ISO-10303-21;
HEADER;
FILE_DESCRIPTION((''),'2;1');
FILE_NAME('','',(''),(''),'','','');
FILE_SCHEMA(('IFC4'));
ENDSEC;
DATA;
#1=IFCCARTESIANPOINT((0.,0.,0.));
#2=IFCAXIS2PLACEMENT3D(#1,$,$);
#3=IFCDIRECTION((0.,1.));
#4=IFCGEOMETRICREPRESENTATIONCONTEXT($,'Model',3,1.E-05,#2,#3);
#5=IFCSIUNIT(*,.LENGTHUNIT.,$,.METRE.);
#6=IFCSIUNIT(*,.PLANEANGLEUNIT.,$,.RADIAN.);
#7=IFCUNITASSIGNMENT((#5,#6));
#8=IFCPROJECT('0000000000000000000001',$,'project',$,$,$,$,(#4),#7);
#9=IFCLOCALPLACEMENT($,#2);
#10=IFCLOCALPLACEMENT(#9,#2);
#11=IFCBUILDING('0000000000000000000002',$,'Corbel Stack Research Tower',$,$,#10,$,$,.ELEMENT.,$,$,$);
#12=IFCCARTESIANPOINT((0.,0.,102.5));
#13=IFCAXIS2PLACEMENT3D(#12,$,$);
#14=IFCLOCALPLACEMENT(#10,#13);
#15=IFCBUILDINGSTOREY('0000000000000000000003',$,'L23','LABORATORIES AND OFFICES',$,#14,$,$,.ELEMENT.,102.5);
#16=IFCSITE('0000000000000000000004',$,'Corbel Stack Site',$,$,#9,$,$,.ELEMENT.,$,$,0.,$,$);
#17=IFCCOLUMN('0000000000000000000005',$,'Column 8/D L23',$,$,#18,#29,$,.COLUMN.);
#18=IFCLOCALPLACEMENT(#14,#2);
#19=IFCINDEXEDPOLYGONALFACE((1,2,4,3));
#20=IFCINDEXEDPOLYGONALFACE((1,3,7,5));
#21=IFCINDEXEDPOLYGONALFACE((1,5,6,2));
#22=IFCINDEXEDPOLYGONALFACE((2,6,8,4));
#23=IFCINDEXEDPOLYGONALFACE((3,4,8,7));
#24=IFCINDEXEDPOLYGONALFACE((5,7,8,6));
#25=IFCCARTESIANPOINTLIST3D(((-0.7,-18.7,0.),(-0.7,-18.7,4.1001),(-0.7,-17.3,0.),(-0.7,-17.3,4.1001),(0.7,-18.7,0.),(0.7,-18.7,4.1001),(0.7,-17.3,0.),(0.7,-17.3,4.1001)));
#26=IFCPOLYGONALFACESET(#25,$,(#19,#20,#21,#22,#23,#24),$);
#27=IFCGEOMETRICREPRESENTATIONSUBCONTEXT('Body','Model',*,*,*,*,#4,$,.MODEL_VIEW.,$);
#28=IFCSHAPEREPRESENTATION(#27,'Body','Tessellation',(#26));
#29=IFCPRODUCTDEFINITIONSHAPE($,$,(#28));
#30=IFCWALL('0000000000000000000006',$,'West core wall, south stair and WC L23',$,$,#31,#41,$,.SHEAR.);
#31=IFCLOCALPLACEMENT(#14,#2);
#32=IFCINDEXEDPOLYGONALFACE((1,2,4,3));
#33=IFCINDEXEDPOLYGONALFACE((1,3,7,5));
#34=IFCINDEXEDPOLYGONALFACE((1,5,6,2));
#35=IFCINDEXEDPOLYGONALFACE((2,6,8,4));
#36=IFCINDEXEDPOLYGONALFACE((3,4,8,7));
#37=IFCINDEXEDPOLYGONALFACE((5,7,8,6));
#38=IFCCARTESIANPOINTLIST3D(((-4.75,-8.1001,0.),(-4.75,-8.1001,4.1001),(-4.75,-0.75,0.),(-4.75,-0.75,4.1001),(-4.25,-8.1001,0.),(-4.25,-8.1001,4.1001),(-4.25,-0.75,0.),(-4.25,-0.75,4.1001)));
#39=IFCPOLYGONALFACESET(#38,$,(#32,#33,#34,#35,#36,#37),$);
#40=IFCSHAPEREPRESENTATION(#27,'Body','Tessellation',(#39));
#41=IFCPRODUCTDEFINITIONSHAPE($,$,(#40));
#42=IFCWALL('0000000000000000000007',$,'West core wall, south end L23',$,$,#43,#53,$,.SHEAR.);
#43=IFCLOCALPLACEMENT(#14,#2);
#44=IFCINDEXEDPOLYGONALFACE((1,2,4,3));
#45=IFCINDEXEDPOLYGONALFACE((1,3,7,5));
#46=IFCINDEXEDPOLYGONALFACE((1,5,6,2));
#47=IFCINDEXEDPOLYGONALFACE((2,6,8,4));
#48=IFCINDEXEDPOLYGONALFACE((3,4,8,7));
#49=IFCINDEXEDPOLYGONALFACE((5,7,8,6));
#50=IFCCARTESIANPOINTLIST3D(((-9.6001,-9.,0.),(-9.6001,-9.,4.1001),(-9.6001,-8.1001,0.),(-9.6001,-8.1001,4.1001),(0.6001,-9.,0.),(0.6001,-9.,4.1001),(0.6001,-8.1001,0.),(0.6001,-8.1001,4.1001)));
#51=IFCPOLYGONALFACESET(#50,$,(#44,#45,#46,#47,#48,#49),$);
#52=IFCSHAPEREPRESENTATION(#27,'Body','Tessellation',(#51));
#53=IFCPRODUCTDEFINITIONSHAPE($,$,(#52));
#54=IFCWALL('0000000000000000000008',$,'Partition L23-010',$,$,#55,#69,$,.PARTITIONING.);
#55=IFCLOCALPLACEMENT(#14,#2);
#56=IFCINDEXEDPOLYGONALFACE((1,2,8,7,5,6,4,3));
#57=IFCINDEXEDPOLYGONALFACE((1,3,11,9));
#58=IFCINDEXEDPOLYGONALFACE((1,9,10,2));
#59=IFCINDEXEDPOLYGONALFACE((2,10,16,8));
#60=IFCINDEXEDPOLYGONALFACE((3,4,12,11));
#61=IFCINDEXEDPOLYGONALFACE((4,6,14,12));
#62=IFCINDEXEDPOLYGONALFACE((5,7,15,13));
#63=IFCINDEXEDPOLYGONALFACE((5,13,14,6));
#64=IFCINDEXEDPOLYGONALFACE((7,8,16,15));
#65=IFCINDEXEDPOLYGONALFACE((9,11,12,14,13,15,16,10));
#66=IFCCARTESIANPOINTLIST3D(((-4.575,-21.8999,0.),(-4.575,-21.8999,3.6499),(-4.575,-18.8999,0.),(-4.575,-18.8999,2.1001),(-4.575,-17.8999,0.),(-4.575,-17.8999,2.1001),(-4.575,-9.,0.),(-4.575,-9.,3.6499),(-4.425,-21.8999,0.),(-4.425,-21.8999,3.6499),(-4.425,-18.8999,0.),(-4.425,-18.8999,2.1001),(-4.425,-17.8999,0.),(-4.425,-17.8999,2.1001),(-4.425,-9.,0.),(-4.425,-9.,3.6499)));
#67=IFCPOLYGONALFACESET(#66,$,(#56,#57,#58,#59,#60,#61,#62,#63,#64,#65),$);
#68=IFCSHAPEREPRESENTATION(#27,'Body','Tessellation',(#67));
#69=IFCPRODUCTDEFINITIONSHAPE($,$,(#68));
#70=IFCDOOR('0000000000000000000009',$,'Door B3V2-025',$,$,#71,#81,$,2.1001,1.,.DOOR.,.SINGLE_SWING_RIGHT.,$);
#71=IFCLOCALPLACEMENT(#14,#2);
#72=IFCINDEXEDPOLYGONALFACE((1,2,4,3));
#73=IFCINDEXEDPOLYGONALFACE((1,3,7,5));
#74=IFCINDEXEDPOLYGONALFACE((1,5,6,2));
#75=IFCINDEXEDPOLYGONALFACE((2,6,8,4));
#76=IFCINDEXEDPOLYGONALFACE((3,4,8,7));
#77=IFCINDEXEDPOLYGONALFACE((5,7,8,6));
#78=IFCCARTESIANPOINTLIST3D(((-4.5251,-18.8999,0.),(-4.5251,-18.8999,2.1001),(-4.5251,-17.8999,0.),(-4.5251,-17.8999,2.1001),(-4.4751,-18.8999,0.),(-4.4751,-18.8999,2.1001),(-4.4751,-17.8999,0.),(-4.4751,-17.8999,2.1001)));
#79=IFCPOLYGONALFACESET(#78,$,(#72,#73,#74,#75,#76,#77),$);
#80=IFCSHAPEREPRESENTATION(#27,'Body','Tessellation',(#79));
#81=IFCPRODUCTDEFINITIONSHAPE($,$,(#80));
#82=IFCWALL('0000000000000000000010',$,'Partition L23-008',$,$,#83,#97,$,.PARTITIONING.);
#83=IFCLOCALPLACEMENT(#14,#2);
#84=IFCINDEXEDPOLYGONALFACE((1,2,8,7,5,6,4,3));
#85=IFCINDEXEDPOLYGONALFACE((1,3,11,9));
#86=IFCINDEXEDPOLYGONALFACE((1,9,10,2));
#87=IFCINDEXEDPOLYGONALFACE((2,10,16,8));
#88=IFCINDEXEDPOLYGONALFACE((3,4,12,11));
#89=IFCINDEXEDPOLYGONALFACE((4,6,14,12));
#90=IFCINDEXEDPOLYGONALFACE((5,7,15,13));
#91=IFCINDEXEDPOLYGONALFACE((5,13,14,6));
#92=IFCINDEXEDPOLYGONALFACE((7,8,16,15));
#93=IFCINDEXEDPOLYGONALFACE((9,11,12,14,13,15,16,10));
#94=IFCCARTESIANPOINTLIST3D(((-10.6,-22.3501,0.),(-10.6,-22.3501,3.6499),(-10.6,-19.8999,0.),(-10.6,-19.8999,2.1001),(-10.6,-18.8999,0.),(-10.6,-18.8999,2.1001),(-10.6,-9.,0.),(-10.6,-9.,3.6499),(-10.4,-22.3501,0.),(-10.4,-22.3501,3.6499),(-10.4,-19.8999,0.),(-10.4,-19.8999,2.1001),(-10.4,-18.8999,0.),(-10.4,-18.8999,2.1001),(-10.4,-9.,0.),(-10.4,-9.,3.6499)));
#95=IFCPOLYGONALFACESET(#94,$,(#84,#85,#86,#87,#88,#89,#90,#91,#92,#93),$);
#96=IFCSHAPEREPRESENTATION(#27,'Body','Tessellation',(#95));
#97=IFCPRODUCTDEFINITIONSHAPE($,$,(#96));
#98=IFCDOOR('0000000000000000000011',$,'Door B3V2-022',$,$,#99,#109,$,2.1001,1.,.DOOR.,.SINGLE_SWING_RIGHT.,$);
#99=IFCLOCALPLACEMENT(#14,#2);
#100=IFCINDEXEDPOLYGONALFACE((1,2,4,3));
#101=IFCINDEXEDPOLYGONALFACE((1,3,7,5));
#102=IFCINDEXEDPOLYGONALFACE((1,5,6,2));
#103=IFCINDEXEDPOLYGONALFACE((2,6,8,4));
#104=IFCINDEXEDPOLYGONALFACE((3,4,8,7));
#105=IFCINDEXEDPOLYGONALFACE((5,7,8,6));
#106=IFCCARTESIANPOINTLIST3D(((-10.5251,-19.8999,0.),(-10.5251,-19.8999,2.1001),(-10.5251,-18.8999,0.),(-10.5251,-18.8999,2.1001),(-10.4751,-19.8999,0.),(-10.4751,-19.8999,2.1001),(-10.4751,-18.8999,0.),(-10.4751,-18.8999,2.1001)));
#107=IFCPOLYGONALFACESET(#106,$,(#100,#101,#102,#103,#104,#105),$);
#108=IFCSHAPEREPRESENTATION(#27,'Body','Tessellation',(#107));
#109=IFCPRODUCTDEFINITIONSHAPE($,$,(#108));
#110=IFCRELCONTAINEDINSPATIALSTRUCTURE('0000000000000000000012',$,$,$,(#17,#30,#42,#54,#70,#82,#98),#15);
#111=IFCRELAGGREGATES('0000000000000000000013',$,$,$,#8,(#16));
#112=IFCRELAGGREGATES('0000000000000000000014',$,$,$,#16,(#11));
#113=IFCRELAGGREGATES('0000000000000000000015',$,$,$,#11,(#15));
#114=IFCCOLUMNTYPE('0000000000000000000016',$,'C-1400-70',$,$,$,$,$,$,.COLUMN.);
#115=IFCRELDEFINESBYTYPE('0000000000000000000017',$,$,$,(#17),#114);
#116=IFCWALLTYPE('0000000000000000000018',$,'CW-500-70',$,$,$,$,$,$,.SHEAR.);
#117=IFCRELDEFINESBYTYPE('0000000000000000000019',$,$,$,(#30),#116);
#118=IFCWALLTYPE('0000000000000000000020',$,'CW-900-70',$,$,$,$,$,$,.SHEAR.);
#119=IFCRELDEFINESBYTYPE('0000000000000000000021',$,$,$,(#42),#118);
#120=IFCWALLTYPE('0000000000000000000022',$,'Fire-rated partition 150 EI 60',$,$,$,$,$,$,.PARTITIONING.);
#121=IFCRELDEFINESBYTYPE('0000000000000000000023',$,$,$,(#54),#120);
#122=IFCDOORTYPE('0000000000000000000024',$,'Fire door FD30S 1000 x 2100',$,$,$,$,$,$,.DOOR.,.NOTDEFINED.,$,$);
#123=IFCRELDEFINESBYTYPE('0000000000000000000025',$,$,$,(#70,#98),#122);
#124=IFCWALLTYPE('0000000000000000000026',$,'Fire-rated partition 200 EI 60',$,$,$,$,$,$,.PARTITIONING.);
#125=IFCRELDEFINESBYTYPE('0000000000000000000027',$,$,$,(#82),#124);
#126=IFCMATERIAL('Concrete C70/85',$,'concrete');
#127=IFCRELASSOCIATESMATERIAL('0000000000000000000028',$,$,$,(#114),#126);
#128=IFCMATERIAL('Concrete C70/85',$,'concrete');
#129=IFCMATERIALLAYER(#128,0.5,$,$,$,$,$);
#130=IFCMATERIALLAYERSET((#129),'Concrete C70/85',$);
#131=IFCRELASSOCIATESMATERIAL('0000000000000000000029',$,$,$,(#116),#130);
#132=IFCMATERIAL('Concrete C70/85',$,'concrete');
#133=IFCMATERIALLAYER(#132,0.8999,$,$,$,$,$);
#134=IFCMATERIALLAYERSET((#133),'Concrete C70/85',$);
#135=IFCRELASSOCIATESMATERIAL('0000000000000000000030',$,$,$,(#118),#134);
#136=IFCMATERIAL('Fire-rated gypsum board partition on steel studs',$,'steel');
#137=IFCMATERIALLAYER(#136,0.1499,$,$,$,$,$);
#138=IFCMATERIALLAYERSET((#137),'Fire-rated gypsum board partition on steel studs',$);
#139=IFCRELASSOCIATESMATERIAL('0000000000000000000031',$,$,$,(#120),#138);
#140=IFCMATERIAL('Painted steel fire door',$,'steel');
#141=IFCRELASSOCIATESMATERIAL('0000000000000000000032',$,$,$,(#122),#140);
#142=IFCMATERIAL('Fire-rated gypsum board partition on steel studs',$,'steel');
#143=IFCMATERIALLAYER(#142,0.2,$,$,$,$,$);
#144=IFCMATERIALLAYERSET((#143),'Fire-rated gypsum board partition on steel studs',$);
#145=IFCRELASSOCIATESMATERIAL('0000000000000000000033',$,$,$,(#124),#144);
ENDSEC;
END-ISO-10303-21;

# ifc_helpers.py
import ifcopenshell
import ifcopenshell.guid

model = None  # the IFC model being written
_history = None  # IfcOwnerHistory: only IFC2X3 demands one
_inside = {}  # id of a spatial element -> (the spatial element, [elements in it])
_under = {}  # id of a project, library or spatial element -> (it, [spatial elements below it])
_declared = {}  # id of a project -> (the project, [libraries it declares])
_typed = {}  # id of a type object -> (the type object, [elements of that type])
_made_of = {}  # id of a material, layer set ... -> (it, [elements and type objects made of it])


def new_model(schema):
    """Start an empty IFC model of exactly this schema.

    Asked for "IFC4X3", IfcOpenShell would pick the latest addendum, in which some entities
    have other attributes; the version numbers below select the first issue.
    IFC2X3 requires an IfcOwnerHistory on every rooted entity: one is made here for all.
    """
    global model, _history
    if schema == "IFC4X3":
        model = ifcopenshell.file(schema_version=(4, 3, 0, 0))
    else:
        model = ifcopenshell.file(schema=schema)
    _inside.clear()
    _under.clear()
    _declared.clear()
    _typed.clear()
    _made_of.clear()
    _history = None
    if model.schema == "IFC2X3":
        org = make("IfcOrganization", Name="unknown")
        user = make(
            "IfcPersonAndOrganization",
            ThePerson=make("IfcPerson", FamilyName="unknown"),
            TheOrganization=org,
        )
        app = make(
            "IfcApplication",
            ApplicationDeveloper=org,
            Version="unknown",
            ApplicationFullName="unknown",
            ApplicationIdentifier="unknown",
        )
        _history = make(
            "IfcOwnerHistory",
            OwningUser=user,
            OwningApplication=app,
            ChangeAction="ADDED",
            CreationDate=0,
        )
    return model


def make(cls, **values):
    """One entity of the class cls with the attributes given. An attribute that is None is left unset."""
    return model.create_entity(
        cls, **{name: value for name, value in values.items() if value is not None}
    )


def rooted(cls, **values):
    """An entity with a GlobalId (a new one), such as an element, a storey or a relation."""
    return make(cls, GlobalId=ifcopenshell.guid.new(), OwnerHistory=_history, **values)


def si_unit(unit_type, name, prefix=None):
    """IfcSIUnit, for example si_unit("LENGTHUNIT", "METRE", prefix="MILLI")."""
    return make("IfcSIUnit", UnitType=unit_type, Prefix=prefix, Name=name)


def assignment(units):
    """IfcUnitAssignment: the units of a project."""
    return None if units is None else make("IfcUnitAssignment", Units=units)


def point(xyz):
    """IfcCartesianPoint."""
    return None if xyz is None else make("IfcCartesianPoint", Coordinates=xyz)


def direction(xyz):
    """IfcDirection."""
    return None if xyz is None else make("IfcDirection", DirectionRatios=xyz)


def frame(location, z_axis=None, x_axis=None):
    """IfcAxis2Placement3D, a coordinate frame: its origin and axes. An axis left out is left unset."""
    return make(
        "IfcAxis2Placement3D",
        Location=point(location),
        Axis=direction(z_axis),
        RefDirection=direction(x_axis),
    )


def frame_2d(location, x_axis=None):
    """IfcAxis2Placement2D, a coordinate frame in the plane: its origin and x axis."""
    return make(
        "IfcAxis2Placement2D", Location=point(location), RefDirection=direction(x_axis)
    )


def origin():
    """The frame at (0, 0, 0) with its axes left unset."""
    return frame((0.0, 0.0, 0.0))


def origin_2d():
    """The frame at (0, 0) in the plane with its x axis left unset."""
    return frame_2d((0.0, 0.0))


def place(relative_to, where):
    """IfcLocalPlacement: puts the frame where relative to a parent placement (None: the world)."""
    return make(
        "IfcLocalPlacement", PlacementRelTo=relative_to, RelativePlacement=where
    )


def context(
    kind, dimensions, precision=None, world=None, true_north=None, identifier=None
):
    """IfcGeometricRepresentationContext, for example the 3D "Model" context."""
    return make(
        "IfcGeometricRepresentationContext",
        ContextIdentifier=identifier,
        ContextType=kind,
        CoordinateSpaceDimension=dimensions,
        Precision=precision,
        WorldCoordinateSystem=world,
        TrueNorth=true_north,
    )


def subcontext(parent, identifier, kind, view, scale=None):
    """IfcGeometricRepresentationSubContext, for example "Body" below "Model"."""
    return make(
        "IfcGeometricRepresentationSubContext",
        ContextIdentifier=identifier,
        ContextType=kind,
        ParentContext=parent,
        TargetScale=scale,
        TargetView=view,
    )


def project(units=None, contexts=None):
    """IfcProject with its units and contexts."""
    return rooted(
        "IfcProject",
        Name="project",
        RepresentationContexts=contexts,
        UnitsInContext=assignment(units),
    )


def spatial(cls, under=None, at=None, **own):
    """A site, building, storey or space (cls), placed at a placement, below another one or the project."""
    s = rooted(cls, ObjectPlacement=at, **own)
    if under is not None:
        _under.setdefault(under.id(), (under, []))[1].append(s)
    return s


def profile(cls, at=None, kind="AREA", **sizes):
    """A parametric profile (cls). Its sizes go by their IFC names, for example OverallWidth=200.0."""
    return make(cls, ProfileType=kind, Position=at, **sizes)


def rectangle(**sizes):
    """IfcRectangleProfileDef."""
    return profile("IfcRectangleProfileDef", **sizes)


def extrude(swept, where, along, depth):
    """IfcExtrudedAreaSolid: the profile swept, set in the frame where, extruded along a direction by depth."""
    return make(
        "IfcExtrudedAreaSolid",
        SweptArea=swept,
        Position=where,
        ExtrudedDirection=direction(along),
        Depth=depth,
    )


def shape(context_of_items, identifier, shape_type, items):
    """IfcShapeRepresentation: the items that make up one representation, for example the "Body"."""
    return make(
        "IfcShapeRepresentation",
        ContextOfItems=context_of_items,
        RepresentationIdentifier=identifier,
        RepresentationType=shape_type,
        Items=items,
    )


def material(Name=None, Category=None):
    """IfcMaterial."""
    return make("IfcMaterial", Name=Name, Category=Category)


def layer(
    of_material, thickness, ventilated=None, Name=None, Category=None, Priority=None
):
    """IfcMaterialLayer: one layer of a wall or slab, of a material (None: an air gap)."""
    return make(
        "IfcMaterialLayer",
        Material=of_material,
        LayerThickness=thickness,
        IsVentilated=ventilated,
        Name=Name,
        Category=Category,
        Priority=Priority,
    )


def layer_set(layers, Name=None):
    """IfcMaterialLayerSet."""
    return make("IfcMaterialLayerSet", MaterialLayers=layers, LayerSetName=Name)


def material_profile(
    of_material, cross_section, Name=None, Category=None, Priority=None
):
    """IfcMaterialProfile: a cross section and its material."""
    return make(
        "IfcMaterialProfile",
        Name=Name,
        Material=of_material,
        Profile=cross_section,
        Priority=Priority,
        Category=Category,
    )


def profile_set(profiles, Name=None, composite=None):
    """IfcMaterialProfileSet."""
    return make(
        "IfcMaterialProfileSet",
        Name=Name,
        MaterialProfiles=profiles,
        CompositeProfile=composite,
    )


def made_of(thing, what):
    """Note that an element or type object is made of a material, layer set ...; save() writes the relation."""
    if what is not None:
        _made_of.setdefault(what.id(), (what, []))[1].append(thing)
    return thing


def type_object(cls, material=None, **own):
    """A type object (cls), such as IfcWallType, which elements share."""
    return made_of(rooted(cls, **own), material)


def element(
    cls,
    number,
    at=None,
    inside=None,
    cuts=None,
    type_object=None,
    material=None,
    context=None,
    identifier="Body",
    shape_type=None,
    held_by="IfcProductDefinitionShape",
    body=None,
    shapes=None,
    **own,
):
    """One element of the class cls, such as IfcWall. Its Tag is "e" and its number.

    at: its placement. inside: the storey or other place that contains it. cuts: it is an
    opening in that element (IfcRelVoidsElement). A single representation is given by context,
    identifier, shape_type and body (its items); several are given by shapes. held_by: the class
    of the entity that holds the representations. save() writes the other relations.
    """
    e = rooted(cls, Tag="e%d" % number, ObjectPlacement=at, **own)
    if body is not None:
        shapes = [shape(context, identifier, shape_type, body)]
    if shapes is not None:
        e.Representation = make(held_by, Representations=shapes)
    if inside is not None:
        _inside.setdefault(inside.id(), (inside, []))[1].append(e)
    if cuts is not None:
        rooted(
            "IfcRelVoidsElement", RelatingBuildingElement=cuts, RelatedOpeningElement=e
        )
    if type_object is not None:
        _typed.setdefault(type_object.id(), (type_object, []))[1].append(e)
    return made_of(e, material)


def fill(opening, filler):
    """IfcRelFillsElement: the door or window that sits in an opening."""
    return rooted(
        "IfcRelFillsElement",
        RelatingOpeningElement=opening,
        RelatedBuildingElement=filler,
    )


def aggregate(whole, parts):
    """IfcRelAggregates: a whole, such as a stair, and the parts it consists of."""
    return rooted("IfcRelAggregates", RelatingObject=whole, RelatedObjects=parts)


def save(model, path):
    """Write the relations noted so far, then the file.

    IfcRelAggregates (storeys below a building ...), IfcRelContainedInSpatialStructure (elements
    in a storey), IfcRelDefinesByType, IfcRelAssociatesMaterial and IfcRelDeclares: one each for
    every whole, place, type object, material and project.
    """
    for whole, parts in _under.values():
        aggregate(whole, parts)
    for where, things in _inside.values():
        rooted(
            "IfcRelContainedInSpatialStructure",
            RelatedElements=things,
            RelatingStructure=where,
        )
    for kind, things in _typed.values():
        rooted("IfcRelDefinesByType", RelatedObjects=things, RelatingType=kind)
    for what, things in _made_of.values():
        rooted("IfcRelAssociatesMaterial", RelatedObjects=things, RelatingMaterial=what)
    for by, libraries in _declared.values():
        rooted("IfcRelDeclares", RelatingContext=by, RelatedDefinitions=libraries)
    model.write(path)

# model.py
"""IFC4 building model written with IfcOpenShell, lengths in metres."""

from ifc_helpers import new_model, si_unit, direction, frame, frame_2d, origin, origin_2d, place, context, subcontext, project, spatial, rectangle, extrude, material, layer, layer_set, material_profile, profile_set, type_object, element, fill, save


model = new_model("IFC4")

# Units and contexts
model_context = context("Model", 3, precision=1e-05, world=origin(), true_north=direction((0.0, 1.0)))
body_context = subcontext(model_context, "Body", "Model", "MODEL_VIEW")
ifc_project = project(units=[si_unit("LENGTHUNIT", "METRE"), si_unit("PLANEANGLEUNIT", "RADIAN")], contexts=[model_context])

# Site, building, storey
site_placement = place(None, origin())
site = spatial("IfcSite", under=ifc_project, at=site_placement, Name="Corbel Stack Site", CompositionType="ELEMENT", RefElevation=0.0)
building_placement = place(site_placement, origin())
building = spatial("IfcBuilding", under=site, at=building_placement, Name="Corbel Stack Research Tower", CompositionType="ELEMENT")
storey_placement = place(building_placement, frame((0.0, 0.0, 102.5)))
storey = spatial("IfcBuildingStorey", under=building, at=storey_placement, Name="L23", Description="LABORATORIES AND OFFICES", CompositionType="ELEMENT", Elevation=102.5)

# Column
ifc_material_1 = material(Name="Concrete C70/85", Category="concrete")
ifc_material_profile = material_profile(ifc_material_1, rectangle(XDim=1.3999, YDim=1.3999, at=origin_2d()), Name="RC 1400 x 1400")
ifc_profile_set = profile_set([ifc_material_profile], Name="Concrete C70/85")
column_type = type_object("IfcColumnType", Name="C-1400-70", PredefinedType="COLUMN", material=ifc_profile_set)
column_placement = place(storey_placement, frame((0.0, -18.0, 0.0), z_axis=(0.0, 0.0, 1.0), x_axis=(1.0, 0.0, 0.0)))
element("IfcColumn", 1, at=column_placement, inside=storey, type_object=column_type, Name="Column 8/D L23", PredefinedType="COLUMN", context=body_context, shape_type="SweptSolid", body=[
    extrude(rectangle(XDim=1.3999, YDim=1.3999, at=origin_2d()), origin(), (0.0, 0.0, 1.0), 4.1001),
])

# Wall
ifc_material_2 = material(Name="Concrete C70/85", Category="concrete")
ifc_layer_1 = layer(ifc_material_2, 0.5)
ifc_layer_set_1 = layer_set([ifc_layer_1], Name="Concrete C70/85")
wall_type_1 = type_object("IfcWallType", Name="CW-500-70", PredefinedType="SHEAR", material=ifc_layer_set_1)
wall_1_placement = place(storey_placement, frame((-4.5, -8.1001, 0.0), z_axis=(0.0, 0.0, 1.0), x_axis=(0.0, 1.0, 0.0)))
element("IfcWall", 2, at=wall_1_placement, inside=storey, type_object=wall_type_1, Name="West core wall, south stair and WC L23", PredefinedType="SHEAR", context=body_context, shape_type="SweptSolid", body=[
    extrude(rectangle(XDim=7.3501, YDim=0.5, at=frame_2d((3.675, 0.0))), origin(), (0.0, 0.0, 1.0), 4.1001),
])

# Shared definitions
ifc_material_3 = material(Name="Concrete C70/85", Category="concrete")
ifc_layer_2 = layer(ifc_material_3, 0.8999)
ifc_layer_set_2 = layer_set([ifc_layer_2], Name="Concrete C70/85")
wall_type_2 = type_object("IfcWallType", Name="CW-900-70", PredefinedType="SHEAR", material=ifc_layer_set_2)

# Wall
wall_2_placement = place(storey_placement, frame((-9.6001, -8.55, 0.0), z_axis=(0.0, 0.0, 1.0), x_axis=(1.0, 0.0, 0.0)))
element("IfcWall", 3, at=wall_2_placement, inside=storey, type_object=wall_type_2, Name="West core wall, south end L23", PredefinedType="SHEAR", context=body_context, shape_type="SweptSolid", body=[
    extrude(rectangle(XDim=10.2002, YDim=0.8999, at=frame_2d((5.1001, 0.0))), origin(), (0.0, 0.0, 1.0), 4.1001),
])

# Walls, openings, doors
ifc_material_4 = material(Name="Fire-rated gypsum board partition on steel studs", Category="steel")
ifc_layer_3 = layer(ifc_material_4, 0.1499)
ifc_layer_set_3 = layer_set([ifc_layer_3], Name="Fire-rated gypsum board partition on steel studs")
wall_type_3 = type_object("IfcWallType", Name="Fire-rated partition 150 EI 60", PredefinedType="PARTITIONING", material=ifc_layer_set_3)
wall_3_placement = place(storey_placement, frame((-4.5, -9.0, 0.0), z_axis=(0.0, 0.0, 1.0), x_axis=(0.0, -1.0, 0.0)))
wall_3 = element("IfcWall", 4, at=wall_3_placement, inside=storey, type_object=wall_type_3, Name="Partition L23-010", PredefinedType="PARTITIONING", context=body_context, shape_type="SweptSolid", body=[
    extrude(rectangle(XDim=12.8999, YDim=0.1499, at=frame_2d((6.45, 0.0))), origin(), (0.0, 0.0, 1.0), 3.6499),
])
opening_1_placement = place(wall_3_placement, frame((8.8999, 0.0, 0.0)))
opening_1 = element("IfcOpeningElement", 5, at=opening_1_placement, cuts=wall_3, PredefinedType="OPENING", context=body_context, shape_type="SweptSolid", body=[
    extrude(rectangle(XDim=1.0, YDim=2.1001, at=frame_2d((0.5, 1.05))), frame((0.0, 0.085, 0.0), z_axis=(0.0, -1.0, 0.0), x_axis=(1.0, 0.0, 0.0)), (0.0, 0.0, 1.0), 0.1699),
])
ifc_material_5 = material(Name="Painted steel fire door", Category="steel")
door_type_1 = type_object("IfcDoorType", Name="Fire door FD30S 1000 x 2100", OperationType="NOTDEFINED", PredefinedType="DOOR", material=ifc_material_5)
door_1_placement = place(opening_1_placement, origin())
door_1 = element("IfcDoor", 6, at=door_1_placement, inside=storey, type_object=door_type_1, Name="Door B3V2-025", OperationType="SINGLE_SWING_RIGHT", OverallHeight=2.1001, OverallWidth=1.0, PredefinedType="DOOR", context=body_context, shape_type="SweptSolid", body=[
    extrude(rectangle(XDim=1.0, YDim=2.1001, at=frame_2d((0.5, 1.05))), frame((0.0, 0.0249, 0.0), z_axis=(0.0, -1.0, 0.0), x_axis=(1.0, 0.0, 0.0)), (0.0, 0.0, 1.0), 0.05),
])
fill(opening_1, door_1)
ifc_material_6 = material(Name="Fire-rated gypsum board partition on steel studs", Category="steel")
ifc_layer_4 = layer(ifc_material_6, 0.2)
ifc_layer_set_4 = layer_set([ifc_layer_4], Name="Fire-rated gypsum board partition on steel studs")
wall_type_4 = type_object("IfcWallType", Name="Fire-rated partition 200 EI 60", PredefinedType="PARTITIONING", material=ifc_layer_set_4)
wall_4_placement = place(storey_placement, frame((-10.5, -9.0, 0.0), z_axis=(0.0, 0.0, 1.0), x_axis=(0.0, -1.0, 0.0)))
wall_4 = element("IfcWall", 7, at=wall_4_placement, inside=storey, type_object=wall_type_4, Name="Partition L23-008", PredefinedType="PARTITIONING", context=body_context, shape_type="SweptSolid", body=[
    extrude(rectangle(XDim=13.3501, YDim=0.2, at=frame_2d((6.675, 0.0))), origin(), (0.0, 0.0, 1.0), 3.6499),
])
opening_2_placement = place(wall_4_placement, frame((9.8999, 0.0, 0.0)))
opening_2 = element("IfcOpeningElement", 8, at=opening_2_placement, cuts=wall_4, PredefinedType="OPENING", context=body_context, shape_type="SweptSolid", body=[
    extrude(rectangle(XDim=1.0, YDim=2.1001, at=frame_2d((0.5, 1.05))), frame((0.0, 0.1099, 0.0), z_axis=(0.0, -1.0, 0.0), x_axis=(1.0, 0.0, 0.0)), (0.0, 0.0, 1.0), 0.22),
])
door_2_placement = place(opening_2_placement, origin())
door_2 = element("IfcDoor", 9, at=door_2_placement, inside=storey, type_object=door_type_1, Name="Door B3V2-022", OperationType="SINGLE_SWING_RIGHT", OverallHeight=2.1001, OverallWidth=1.0, PredefinedType="DOOR", context=body_context, shape_type="SweptSolid", body=[
    extrude(rectangle(XDim=1.0, YDim=2.1001, at=frame_2d((0.5, 1.05))), frame((0.0, 0.0249, 0.0), z_axis=(0.0, -1.0, 0.0), x_axis=(1.0, 0.0, 0.0)), (0.0, 0.0, 1.0), 0.05),
])
fill(opening_2, door_2)

save(model, "model.ifc")
